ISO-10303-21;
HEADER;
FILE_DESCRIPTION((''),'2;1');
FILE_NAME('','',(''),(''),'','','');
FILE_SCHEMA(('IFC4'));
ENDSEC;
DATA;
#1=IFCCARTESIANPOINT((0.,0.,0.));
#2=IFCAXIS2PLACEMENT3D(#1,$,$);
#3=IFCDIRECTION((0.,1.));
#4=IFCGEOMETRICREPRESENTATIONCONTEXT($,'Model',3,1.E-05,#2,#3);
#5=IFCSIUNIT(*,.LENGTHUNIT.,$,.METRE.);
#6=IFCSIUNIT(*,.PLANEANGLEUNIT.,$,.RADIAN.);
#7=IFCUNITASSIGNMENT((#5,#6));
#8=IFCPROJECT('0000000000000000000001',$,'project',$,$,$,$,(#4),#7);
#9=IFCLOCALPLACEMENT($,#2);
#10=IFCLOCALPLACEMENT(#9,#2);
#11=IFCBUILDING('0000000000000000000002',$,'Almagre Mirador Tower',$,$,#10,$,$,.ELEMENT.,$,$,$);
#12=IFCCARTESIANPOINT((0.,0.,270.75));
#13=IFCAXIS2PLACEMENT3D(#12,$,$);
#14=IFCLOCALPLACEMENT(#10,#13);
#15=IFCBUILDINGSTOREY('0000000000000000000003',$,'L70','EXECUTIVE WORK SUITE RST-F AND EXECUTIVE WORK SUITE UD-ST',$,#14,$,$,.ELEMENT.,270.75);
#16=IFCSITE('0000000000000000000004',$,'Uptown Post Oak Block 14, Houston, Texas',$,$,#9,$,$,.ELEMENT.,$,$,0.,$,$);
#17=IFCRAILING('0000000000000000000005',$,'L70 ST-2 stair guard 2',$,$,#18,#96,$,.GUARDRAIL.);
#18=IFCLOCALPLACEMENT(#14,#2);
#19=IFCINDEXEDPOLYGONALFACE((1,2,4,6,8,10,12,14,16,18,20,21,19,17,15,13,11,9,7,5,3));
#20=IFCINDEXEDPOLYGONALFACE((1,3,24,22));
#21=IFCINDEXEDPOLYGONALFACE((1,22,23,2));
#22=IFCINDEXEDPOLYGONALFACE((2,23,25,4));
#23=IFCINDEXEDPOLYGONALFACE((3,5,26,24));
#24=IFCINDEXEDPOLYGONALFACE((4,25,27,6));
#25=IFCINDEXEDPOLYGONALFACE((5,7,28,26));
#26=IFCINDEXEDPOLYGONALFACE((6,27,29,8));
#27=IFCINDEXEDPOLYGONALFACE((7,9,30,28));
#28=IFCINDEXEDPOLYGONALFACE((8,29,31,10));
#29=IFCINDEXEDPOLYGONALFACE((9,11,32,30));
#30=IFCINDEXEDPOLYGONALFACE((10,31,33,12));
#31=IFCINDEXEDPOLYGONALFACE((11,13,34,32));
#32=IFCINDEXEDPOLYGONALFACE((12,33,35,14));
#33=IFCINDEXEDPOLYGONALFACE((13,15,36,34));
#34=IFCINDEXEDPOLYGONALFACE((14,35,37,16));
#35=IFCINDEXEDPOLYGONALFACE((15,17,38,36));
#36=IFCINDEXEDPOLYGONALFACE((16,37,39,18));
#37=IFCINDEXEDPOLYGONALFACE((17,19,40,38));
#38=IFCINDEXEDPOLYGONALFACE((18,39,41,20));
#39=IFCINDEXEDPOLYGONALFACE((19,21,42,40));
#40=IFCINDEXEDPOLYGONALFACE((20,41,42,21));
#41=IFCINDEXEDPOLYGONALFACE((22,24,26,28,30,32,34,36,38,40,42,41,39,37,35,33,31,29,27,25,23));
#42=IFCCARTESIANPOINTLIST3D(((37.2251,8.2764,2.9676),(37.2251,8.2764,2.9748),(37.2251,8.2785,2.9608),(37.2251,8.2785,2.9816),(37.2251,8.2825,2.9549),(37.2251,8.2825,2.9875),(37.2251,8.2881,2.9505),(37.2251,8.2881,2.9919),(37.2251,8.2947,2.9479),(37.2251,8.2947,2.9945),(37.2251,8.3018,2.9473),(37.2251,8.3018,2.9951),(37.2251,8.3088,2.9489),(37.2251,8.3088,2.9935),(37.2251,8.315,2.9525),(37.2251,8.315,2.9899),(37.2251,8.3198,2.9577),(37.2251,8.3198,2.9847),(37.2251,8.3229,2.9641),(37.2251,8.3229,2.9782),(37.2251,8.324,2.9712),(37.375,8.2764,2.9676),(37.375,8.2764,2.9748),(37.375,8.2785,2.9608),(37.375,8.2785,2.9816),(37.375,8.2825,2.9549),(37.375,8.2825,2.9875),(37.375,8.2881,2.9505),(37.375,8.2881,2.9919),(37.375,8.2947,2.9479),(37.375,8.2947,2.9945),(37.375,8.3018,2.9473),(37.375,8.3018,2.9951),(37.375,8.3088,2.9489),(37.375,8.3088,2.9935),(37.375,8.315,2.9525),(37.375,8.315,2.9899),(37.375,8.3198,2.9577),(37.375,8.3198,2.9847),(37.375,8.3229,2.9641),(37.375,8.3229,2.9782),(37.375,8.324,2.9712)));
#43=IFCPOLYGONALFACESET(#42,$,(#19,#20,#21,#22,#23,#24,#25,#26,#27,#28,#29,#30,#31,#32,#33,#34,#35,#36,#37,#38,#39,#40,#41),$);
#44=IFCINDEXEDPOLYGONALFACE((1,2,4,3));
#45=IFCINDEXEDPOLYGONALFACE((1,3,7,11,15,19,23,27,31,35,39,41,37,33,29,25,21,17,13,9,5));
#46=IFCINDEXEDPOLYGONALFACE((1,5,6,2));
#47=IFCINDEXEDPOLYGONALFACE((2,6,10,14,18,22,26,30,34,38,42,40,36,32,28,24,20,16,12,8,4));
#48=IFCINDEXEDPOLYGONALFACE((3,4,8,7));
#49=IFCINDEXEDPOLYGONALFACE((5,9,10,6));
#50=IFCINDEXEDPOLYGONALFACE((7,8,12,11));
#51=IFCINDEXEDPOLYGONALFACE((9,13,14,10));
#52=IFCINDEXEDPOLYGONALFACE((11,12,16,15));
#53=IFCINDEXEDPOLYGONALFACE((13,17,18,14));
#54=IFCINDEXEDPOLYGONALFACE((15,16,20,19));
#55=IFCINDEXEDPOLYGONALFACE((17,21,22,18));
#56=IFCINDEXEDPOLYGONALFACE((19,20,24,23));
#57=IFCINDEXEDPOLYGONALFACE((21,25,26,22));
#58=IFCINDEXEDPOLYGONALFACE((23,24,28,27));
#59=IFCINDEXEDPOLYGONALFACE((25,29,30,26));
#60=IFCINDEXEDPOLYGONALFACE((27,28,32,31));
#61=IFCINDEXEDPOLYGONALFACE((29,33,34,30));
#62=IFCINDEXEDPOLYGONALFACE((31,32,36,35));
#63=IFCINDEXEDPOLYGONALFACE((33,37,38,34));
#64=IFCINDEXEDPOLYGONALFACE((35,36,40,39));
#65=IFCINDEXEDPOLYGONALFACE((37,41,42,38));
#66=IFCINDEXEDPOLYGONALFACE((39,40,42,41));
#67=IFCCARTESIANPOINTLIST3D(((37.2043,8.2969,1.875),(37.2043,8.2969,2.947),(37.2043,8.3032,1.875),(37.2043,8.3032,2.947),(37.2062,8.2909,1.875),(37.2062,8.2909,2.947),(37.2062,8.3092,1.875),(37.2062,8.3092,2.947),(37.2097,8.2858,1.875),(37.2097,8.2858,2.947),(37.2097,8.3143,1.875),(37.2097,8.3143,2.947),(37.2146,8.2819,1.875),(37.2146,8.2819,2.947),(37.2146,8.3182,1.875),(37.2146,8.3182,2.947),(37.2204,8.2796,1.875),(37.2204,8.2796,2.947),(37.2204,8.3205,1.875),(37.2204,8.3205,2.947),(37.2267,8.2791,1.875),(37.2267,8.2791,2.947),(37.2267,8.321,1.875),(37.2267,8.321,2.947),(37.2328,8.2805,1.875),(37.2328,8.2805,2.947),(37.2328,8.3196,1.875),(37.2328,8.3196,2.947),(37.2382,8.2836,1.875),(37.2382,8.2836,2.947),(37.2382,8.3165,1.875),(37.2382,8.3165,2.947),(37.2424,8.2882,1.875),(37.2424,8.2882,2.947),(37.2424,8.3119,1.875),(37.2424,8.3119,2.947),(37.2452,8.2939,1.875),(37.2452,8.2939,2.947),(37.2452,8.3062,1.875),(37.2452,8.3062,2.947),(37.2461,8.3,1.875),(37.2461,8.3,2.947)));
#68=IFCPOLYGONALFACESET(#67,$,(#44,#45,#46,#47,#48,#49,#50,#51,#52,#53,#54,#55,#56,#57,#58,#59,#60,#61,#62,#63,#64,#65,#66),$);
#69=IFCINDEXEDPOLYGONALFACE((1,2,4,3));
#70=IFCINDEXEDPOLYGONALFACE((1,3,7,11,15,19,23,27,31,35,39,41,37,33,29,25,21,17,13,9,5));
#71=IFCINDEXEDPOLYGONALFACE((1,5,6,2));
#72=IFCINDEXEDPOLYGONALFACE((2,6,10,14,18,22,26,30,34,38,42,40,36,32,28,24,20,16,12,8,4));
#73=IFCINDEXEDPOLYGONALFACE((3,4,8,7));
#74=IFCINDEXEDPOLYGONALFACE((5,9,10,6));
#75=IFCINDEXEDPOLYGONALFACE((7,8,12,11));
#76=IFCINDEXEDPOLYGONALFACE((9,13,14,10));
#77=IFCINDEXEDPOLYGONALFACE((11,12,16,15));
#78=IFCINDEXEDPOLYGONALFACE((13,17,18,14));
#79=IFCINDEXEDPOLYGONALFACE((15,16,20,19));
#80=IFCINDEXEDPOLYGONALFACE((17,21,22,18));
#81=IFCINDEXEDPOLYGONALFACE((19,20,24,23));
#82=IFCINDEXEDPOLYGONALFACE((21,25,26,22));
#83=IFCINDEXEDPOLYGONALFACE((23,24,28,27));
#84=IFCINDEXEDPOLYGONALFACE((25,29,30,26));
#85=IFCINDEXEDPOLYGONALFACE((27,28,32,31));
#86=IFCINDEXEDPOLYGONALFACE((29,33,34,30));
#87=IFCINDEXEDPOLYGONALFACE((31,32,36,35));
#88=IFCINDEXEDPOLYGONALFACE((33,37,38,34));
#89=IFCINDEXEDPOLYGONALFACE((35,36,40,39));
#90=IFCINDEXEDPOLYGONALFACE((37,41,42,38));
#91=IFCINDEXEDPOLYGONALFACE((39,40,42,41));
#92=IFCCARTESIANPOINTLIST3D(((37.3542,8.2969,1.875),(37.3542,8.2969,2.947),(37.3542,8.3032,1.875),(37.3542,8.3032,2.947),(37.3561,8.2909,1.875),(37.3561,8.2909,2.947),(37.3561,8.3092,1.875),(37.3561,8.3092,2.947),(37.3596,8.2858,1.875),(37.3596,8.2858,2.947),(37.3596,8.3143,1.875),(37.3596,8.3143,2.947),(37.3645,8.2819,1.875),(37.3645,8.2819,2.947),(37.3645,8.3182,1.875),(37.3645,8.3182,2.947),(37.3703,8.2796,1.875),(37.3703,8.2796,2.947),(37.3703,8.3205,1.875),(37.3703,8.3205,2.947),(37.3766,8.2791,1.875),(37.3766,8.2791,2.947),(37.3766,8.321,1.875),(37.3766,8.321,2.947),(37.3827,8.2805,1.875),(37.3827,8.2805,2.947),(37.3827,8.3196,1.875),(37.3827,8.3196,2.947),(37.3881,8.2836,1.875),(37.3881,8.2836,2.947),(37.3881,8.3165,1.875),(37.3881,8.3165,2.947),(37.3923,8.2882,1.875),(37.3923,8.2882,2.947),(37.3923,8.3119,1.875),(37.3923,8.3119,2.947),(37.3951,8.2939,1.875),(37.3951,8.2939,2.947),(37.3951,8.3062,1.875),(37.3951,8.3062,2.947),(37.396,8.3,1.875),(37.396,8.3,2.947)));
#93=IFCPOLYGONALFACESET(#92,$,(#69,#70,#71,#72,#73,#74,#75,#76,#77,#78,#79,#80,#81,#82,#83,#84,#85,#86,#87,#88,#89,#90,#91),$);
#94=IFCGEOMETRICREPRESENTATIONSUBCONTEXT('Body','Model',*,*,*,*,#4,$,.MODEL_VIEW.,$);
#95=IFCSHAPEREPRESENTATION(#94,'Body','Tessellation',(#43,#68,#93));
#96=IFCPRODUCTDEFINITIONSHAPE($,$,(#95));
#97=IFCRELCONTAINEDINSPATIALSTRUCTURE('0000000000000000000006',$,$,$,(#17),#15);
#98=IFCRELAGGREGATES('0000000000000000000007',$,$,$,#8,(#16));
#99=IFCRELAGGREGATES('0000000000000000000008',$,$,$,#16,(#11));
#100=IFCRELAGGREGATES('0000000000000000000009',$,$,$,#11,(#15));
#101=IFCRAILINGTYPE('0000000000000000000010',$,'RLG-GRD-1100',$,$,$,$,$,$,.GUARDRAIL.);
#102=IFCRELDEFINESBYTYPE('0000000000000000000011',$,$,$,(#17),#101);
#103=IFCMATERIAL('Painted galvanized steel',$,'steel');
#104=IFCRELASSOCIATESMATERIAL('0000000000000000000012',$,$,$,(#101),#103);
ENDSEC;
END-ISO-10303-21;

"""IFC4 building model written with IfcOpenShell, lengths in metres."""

from ifc_helpers import new_model, si_unit, direction, frame, origin, origin_2d, place, context, subcontext, project, spatial, circle, extrude, material, type_object, element, save


model = new_model("IFC4")

# Units and contexts
model_context = context("Model", 3, precision=1e-05, world=origin(), true_north=direction((0.0, 1.0)))
body_context = subcontext(model_context, "Body", "Model", "MODEL_VIEW")
ifc_project = project(units=[si_unit("LENGTHUNIT", "METRE"), si_unit("PLANEANGLEUNIT", "RADIAN")], contexts=[model_context])

# Site, building, storey
site_placement = place(None, origin())
site = spatial("IfcSite", under=ifc_project, at=site_placement, Name="Uptown Post Oak Block 14, Houston, Texas", CompositionType="ELEMENT", RefElevation=0.0)
building_placement = place(site_placement, origin())
building = spatial("IfcBuilding", under=site, at=building_placement, Name="Almagre Mirador Tower", CompositionType="ELEMENT")
storey_placement = place(building_placement, frame((0.0, 0.0, 270.75)))
storey = spatial("IfcBuildingStorey", under=building, at=storey_placement, Name="L70", Description="EXECUTIVE WORK SUITE RST-F AND EXECUTIVE WORK SUITE UD-ST", CompositionType="ELEMENT", Elevation=270.75)

# Railing
ifc_material_1 = material(Name="Painted galvanized steel", Category="steel")
railing_type_1 = type_object("IfcRailingType", Name="RLG-GRD-1100", PredefinedType="GUARDRAIL", material=ifc_material_1)
railing_1_placement = place(storey_placement, frame((37.2251, 8.3, 1.875)))
element("IfcRailing", 1, at=railing_1_placement, inside=storey, type_object=railing_type_1, Name="L70 ST-2 stair guard 2", PredefinedType="GUARDRAIL", context=body_context, shape_type="SweptSolid", body=[
    extrude(circle(Radius=0.0239, at=origin_2d()), frame((0.0, 0.0, 1.0962), z_axis=(1.0, 0.0, 0.0), x_axis=(0.0, 1.0, 0.0)), (0.0, 0.0, 1.0), 0.1499),
    extrude(circle(Radius=0.021, at=origin_2d()), origin(), (0.0, 0.0, 1.0), 1.072),
    extrude(circle(Radius=0.021, at=origin_2d()), frame((0.1499, 0.0, 0.0)), (0.0, 0.0, 1.0), 1.072),
])

save(model, "model.ifc")
